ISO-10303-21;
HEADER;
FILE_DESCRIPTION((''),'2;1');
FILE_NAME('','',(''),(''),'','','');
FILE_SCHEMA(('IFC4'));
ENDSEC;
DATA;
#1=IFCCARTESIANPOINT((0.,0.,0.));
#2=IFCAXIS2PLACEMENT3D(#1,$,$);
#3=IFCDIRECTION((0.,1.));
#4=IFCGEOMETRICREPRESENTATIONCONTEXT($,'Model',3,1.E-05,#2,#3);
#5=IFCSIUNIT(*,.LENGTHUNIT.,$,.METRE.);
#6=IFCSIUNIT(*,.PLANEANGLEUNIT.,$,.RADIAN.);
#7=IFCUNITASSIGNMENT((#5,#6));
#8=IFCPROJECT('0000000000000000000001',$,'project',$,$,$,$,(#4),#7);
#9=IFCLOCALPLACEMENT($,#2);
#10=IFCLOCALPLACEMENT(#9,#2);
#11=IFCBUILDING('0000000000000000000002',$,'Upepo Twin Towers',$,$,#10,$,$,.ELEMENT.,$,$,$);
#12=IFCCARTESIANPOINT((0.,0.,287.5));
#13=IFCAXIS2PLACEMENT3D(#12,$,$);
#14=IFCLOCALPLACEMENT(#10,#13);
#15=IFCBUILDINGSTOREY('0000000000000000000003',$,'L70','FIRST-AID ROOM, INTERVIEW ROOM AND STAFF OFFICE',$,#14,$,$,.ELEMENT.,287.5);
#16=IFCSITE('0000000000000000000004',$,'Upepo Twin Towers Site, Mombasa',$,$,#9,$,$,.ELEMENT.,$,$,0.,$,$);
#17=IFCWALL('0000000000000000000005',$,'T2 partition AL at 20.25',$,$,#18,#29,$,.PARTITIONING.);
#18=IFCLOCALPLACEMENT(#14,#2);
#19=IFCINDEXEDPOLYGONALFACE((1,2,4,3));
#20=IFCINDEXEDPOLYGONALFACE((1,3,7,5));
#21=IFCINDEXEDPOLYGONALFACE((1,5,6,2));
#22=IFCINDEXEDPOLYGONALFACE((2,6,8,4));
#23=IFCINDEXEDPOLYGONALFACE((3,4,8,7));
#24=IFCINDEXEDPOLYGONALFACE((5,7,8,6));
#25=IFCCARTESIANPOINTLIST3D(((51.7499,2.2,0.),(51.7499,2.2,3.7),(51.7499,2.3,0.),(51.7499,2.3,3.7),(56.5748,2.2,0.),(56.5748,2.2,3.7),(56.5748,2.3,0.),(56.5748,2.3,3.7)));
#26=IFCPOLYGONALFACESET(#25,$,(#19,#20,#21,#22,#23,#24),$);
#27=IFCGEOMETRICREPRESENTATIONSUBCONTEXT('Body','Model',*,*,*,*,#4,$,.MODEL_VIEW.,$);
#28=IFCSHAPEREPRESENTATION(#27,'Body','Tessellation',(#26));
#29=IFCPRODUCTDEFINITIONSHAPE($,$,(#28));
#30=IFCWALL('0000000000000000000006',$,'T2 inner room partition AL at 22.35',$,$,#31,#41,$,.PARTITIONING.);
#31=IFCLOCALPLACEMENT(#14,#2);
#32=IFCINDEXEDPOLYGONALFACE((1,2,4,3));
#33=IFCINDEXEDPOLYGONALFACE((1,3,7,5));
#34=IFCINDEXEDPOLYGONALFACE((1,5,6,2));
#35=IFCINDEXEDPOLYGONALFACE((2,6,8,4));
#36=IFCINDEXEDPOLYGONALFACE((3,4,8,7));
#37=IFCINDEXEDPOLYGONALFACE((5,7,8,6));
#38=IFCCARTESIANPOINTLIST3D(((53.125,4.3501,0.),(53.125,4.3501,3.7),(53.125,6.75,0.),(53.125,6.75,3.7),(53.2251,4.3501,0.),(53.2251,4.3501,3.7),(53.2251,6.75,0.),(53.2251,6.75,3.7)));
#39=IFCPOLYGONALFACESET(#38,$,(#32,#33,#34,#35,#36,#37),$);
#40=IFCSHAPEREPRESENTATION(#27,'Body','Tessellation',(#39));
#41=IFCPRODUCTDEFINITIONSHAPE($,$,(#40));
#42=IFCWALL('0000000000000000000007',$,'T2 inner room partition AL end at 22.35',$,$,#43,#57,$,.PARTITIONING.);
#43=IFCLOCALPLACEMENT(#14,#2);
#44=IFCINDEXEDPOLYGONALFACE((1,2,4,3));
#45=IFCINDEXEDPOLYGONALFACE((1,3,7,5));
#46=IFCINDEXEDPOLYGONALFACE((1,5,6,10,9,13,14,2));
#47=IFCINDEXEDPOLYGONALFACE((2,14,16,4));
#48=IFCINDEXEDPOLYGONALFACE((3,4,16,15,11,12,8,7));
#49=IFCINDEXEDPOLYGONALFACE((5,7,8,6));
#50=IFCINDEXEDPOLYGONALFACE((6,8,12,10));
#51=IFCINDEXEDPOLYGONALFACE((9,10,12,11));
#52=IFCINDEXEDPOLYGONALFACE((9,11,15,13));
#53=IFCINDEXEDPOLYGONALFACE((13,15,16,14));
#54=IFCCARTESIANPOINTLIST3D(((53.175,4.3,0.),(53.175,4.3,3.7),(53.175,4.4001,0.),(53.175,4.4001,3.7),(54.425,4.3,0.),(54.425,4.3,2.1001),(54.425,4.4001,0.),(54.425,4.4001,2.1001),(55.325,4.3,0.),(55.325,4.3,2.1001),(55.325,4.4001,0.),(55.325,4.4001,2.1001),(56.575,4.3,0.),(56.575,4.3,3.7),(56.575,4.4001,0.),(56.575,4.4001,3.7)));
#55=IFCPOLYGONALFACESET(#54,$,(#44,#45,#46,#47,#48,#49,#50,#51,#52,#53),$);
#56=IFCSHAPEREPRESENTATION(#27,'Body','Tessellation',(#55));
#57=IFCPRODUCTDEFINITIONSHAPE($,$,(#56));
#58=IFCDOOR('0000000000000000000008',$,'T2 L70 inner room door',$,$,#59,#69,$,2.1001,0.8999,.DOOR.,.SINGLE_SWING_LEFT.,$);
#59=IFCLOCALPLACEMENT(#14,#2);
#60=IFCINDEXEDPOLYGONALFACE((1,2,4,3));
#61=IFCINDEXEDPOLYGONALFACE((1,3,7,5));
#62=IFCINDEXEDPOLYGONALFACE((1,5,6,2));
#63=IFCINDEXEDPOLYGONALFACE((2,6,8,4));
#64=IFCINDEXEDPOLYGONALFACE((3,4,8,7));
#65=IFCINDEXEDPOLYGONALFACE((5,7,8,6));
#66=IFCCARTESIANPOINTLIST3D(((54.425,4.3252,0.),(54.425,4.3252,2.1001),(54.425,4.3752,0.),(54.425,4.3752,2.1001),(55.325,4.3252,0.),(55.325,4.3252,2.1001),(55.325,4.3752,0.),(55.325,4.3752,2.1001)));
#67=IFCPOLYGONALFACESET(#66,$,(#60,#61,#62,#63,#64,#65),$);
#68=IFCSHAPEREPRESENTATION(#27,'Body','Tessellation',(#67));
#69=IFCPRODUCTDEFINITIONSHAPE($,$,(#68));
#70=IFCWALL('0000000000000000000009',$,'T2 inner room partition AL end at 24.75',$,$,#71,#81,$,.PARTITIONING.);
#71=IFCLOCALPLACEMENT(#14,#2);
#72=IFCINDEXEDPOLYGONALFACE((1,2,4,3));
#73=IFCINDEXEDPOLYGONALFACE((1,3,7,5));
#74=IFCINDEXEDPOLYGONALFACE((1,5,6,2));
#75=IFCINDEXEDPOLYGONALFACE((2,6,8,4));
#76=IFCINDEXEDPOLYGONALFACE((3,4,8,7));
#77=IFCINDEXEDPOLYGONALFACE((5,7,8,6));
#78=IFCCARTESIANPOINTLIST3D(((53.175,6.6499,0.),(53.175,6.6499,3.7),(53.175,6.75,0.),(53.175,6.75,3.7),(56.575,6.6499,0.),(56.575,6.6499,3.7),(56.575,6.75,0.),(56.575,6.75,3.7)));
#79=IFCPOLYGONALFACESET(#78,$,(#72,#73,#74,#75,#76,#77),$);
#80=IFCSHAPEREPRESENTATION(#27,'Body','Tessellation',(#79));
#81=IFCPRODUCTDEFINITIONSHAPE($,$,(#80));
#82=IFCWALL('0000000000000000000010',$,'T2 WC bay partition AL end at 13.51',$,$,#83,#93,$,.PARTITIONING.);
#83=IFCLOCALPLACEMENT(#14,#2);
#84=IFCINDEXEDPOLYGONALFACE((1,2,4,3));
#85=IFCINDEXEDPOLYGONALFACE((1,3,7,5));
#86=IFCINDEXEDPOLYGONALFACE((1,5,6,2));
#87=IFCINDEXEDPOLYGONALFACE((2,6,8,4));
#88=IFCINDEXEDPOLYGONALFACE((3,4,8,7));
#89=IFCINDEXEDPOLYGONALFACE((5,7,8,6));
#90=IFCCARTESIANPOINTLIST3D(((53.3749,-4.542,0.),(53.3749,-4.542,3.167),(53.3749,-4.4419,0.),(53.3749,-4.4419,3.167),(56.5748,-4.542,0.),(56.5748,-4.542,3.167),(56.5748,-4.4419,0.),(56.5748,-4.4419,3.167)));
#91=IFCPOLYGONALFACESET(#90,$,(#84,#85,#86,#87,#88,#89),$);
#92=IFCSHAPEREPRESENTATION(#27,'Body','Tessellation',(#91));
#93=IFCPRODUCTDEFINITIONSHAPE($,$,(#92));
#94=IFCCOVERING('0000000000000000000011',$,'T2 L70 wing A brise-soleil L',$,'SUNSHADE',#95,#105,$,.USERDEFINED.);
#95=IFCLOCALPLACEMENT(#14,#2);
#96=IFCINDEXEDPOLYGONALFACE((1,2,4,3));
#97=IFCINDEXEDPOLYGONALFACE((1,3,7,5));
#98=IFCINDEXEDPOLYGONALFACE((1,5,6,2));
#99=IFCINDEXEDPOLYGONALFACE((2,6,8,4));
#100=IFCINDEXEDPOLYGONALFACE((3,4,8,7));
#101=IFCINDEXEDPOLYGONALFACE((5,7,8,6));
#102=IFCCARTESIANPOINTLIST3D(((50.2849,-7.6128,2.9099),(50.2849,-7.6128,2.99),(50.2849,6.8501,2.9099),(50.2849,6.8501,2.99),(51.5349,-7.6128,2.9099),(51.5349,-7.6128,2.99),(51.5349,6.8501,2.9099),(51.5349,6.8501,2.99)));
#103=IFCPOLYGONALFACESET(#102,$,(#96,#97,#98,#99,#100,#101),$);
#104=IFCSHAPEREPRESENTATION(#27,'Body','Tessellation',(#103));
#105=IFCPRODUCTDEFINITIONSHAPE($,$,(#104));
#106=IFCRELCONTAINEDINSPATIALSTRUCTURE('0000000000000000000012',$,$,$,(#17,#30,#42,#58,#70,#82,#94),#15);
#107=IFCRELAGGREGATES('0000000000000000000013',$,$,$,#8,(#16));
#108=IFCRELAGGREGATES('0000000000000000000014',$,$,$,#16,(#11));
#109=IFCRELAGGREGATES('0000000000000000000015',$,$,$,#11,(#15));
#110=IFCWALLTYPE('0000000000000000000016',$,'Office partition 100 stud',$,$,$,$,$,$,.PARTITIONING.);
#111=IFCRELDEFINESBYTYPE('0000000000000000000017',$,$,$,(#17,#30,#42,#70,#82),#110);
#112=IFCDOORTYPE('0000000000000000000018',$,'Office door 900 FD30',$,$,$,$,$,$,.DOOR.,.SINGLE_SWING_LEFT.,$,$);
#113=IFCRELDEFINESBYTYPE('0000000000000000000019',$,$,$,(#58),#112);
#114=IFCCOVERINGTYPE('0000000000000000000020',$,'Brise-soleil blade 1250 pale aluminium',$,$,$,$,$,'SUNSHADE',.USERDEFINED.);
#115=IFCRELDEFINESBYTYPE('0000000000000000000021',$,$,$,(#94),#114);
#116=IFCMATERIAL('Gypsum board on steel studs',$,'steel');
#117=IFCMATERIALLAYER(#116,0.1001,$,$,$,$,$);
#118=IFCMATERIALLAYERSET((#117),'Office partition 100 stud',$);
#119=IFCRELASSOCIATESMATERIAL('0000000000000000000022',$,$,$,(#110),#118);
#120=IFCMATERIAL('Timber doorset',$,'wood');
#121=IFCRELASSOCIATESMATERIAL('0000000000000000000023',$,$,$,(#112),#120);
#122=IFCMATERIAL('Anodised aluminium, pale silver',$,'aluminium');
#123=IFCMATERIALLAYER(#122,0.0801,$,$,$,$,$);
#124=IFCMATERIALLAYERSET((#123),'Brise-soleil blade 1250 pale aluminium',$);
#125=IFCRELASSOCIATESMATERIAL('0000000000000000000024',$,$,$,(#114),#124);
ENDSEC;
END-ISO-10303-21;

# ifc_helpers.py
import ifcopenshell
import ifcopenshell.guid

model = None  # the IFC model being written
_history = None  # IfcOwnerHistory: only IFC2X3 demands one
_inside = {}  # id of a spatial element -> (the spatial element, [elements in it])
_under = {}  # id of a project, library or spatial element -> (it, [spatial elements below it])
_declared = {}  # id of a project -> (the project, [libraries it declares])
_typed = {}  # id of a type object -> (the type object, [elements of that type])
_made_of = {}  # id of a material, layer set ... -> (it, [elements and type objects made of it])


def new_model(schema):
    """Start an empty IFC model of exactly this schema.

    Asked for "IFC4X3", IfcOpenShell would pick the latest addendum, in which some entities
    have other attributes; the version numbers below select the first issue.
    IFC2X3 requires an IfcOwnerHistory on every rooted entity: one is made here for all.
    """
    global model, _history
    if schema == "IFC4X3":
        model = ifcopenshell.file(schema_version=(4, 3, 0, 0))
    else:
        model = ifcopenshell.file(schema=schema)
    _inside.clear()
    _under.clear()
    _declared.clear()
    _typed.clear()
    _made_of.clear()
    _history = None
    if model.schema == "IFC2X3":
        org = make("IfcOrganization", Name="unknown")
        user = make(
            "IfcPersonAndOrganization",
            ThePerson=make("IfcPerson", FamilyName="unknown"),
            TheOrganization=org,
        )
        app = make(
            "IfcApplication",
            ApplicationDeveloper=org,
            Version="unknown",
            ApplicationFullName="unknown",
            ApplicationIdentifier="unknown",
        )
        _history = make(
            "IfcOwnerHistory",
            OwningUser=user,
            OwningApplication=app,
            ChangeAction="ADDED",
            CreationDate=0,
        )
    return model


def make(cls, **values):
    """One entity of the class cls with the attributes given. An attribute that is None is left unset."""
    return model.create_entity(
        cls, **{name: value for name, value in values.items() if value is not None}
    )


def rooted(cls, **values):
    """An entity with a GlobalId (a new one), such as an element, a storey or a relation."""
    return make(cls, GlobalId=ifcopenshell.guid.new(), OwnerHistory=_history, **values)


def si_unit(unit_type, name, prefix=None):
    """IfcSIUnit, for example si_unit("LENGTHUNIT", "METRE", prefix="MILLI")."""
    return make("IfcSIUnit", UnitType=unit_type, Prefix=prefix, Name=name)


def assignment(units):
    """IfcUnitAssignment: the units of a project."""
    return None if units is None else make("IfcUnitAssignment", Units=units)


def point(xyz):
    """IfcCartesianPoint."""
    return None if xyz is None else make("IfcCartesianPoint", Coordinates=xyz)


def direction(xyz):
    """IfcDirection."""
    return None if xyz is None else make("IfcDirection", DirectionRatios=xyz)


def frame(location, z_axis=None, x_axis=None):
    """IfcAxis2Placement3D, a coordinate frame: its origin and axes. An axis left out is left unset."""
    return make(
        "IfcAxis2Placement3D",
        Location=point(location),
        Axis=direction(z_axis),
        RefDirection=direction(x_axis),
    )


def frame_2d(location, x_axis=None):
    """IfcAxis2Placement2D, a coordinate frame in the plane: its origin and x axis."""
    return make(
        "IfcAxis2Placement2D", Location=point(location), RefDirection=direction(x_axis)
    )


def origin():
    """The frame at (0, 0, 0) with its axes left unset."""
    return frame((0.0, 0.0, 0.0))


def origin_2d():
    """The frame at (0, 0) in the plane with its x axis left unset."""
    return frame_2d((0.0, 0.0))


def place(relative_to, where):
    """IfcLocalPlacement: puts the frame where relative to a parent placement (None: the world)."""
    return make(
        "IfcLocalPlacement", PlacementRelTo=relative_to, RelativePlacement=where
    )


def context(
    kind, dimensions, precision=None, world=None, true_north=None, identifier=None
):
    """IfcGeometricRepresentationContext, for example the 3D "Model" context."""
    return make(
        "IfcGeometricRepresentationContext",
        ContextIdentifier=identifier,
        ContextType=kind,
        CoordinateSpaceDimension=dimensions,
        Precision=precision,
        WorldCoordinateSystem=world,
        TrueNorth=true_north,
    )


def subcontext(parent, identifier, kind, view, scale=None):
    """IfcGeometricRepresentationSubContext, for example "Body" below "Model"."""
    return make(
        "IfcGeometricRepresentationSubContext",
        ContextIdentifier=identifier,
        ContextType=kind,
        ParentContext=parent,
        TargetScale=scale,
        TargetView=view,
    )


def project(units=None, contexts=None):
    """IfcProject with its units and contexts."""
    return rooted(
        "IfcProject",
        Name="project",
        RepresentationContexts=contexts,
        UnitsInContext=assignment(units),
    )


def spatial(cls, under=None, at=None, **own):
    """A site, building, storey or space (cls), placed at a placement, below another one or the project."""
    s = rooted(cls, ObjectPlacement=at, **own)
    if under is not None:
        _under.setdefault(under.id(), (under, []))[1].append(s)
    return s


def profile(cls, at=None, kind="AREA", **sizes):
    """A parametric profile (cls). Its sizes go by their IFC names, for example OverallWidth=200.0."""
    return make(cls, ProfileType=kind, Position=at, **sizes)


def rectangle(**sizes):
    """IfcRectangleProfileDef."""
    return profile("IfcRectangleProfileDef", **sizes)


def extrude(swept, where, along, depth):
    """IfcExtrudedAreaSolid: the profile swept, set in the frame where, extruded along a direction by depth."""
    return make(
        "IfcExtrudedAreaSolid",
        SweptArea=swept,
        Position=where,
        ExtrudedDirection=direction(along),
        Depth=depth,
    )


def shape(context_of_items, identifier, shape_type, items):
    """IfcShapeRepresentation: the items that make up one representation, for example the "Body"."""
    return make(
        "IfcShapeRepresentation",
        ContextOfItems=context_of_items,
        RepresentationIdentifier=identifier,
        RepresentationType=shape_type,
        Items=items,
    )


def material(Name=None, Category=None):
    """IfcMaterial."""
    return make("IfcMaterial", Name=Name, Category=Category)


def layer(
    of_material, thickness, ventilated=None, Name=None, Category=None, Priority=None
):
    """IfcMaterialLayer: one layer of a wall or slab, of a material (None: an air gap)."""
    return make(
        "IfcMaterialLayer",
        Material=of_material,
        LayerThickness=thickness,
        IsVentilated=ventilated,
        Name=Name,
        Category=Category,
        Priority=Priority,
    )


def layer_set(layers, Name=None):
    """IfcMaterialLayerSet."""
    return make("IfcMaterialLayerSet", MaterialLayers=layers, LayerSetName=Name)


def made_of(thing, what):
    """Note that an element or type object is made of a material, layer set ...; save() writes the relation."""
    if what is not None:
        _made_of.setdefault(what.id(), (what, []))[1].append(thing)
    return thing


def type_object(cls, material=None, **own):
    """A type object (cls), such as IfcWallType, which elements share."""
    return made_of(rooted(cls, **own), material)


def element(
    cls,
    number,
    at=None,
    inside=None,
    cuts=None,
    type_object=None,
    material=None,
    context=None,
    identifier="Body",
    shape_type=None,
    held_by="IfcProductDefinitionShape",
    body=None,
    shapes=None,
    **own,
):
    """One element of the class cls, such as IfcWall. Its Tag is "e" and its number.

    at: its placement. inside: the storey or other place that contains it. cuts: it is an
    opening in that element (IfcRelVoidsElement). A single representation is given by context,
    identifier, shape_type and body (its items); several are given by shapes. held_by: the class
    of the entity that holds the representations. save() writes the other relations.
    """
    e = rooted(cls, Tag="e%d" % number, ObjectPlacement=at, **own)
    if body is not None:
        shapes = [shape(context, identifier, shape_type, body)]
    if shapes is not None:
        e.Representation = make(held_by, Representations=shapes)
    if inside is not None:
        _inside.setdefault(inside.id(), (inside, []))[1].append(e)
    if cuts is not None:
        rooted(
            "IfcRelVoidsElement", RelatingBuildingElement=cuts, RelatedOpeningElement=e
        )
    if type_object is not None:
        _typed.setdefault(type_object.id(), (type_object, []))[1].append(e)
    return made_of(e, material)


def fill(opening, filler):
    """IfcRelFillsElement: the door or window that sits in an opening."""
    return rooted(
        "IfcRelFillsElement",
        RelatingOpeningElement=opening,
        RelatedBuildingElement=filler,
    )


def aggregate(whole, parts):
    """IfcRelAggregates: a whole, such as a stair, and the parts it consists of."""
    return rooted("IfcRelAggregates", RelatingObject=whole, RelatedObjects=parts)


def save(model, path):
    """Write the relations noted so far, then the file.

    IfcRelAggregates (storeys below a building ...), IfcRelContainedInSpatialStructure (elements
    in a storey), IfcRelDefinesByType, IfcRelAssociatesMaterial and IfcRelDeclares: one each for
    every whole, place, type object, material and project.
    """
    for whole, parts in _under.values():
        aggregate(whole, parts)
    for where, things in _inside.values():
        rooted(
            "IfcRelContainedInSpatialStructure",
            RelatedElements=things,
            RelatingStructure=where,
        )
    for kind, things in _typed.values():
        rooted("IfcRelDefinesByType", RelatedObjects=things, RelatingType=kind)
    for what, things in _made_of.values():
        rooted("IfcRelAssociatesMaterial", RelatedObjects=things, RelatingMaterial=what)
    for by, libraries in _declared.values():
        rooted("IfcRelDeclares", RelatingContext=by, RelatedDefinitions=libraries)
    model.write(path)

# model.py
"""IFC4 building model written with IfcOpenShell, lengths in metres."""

from ifc_helpers import new_model, si_unit, direction, frame, frame_2d, origin, origin_2d, place, context, subcontext, project, spatial, rectangle, extrude, material, layer, layer_set, type_object, element, fill, save


model = new_model("IFC4")

# Units and contexts
model_context = context("Model", 3, precision=1e-05, world=origin(), true_north=direction((0.0, 1.0)))
body_context = subcontext(model_context, "Body", "Model", "MODEL_VIEW")
ifc_project = project(units=[si_unit("LENGTHUNIT", "METRE"), si_unit("PLANEANGLEUNIT", "RADIAN")], contexts=[model_context])

# Site, building, storey
site_placement = place(None, origin())
site = spatial("IfcSite", under=ifc_project, at=site_placement, Name="Upepo Twin Towers Site, Mombasa", CompositionType="ELEMENT", RefElevation=0.0)
building_placement = place(site_placement, origin())
building = spatial("IfcBuilding", under=site, at=building_placement, Name="Upepo Twin Towers", CompositionType="ELEMENT")
storey_placement = place(building_placement, frame((0.0, 0.0, 287.5)))
storey = spatial("IfcBuildingStorey", under=building, at=storey_placement, Name="L70", Description="FIRST-AID ROOM, INTERVIEW ROOM AND STAFF OFFICE", CompositionType="ELEMENT", Elevation=287.5)

# Walls
ifc_material_1 = material(Name="Gypsum board on steel studs", Category="steel")
ifc_layer_1 = layer(ifc_material_1, 0.1001)
ifc_layer_set_1 = layer_set([ifc_layer_1], Name="Office partition 100 stud")
wall_type_1 = type_object("IfcWallType", Name="Office partition 100 stud", PredefinedType="PARTITIONING", material=ifc_layer_set_1)
for number, where, z_axis, x_axis, name in (
    (1, (56.575, 2.25, 0.0), (0.0, 0.0, 1.0), (-1.0, 0.0, 0.0), "T2 partition AL at 20.25"),
):
    element("IfcWall", number, at=place(storey_placement, frame(where, z_axis=z_axis, x_axis=x_axis)), inside=storey, type_object=wall_type_1, Name=name, PredefinedType="PARTITIONING", context=body_context, shape_type="SweptSolid", body=[
        extrude(rectangle(XDim=4.825, YDim=0.1001, at=frame_2d((2.4126, 0.0))), origin(), (0.0, 0.0, 1.0), 3.7),
    ])
wall_1_placement = place(storey_placement, frame((53.175, 4.3501, 0.0), z_axis=(0.0, 0.0, 1.0), x_axis=(0.0, 1.0, 0.0)))
element("IfcWall", 2, at=wall_1_placement, inside=storey, type_object=wall_type_1, Name="T2 inner room partition AL at 22.35", PredefinedType="PARTITIONING", context=body_context, shape_type="SweptSolid", body=[
    extrude(rectangle(XDim=2.3999, YDim=0.1001, at=frame_2d((1.2, 0.0))), origin(), (0.0, 0.0, 1.0), 3.7),
])

# Wall, opening, door
wall_2_placement = place(storey_placement, frame((56.575, 4.3501, 0.0), z_axis=(0.0, 0.0, 1.0), x_axis=(-1.0, 0.0, 0.0)))
wall_2 = element("IfcWall", 3, at=wall_2_placement, inside=storey, type_object=wall_type_1, Name="T2 inner room partition AL end at 22.35", PredefinedType="PARTITIONING", context=body_context, shape_type="SweptSolid", body=[
    extrude(rectangle(XDim=3.3999, YDim=0.1001, at=frame_2d((1.7, 0.0))), origin(), (0.0, 0.0, 1.0), 3.7),
])
opening_placement = place(wall_2_placement, frame((1.25, 0.0, 0.0)))
opening = element("IfcOpeningElement", 4, at=opening_placement, cuts=wall_2, PredefinedType="OPENING", context=body_context, shape_type="SweptSolid", body=[
    extrude(rectangle(XDim=0.8999, YDim=2.1001, at=frame_2d((0.45, 1.05))), frame((0.0, 0.0601, 0.0), z_axis=(0.0, -1.0, 0.0), x_axis=(1.0, 0.0, 0.0)), (0.0, 0.0, 1.0), 0.1201),
])
ifc_material_2 = material(Name="Timber doorset", Category="wood")
door_type = type_object("IfcDoorType", Name="Office door 900 FD30", OperationType="SINGLE_SWING_LEFT", PredefinedType="DOOR", material=ifc_material_2)
door_placement = place(opening_placement, origin())
door = element("IfcDoor", 5, at=door_placement, inside=storey, type_object=door_type, Name="T2 L70 inner room door", OperationType="SINGLE_SWING_LEFT", OverallHeight=2.1001, OverallWidth=0.8999, PredefinedType="DOOR", context=body_context, shape_type="SweptSolid", body=[
    extrude(rectangle(XDim=0.8999, YDim=2.1001, at=frame_2d((0.45, 1.05))), frame((0.0, 0.0249, 0.0), z_axis=(0.0, -1.0, 0.0), x_axis=(1.0, 0.0, 0.0)), (0.0, 0.0, 1.0), 0.05),
])
fill(opening, door)

# Walls
wall_3_placement = place(storey_placement, frame((56.575, 6.7, 0.0), z_axis=(0.0, 0.0, 1.0), x_axis=(-1.0, 0.0, 0.0)))
element("IfcWall", 6, at=wall_3_placement, inside=storey, type_object=wall_type_1, Name="T2 inner room partition AL end at 24.75", PredefinedType="PARTITIONING", context=body_context, shape_type="SweptSolid", body=[
    extrude(rectangle(XDim=3.3999, YDim=0.1001, at=frame_2d((1.7, 0.0))), origin(), (0.0, 0.0, 1.0), 3.7),
])
wall_4_placement = place(storey_placement, frame((56.575, -4.4919, 0.0), z_axis=(0.0, 0.0, 1.0), x_axis=(-1.0, 0.0, 0.0)))
element("IfcWall", 7, at=wall_4_placement, inside=storey, type_object=wall_type_1, Name="T2 WC bay partition AL end at 13.51", PredefinedType="PARTITIONING", context=body_context, shape_type="SweptSolid", body=[
    extrude(rectangle(XDim=3.2, YDim=0.1001, at=frame_2d((1.6001, 0.0))), origin(), (0.0, 0.0, 1.0), 3.167),
])

# Covering
ifc_material_3 = material(Name="Anodised aluminium, pale silver", Category="aluminium")
ifc_layer_2 = layer(ifc_material_3, 0.0801)
ifc_layer_set_2 = layer_set([ifc_layer_2], Name="Brise-soleil blade 1250 pale aluminium")
covering_type = type_object("IfcCoveringType", Name="Brise-soleil blade 1250 pale aluminium", ElementType="SUNSHADE", PredefinedType="USERDEFINED", material=ifc_layer_set_2)
covering_placement = place(storey_placement, frame((50.9099, -0.3813, 2.9099), z_axis=(0.0, 0.0, 1.0), x_axis=(0.0, 1.0, 0.0)))
element("IfcCovering", 8, at=covering_placement, inside=storey, type_object=covering_type, Name="T2 L70 wing A brise-soleil L", ObjectType="SUNSHADE", PredefinedType="USERDEFINED", context=body_context, shape_type="SweptSolid", body=[
    extrude(rectangle(XDim=14.4629, YDim=1.25, at=origin_2d()), origin(), (0.0, 0.0, 1.0), 0.0801),
])

save(model, "model.ifc")
